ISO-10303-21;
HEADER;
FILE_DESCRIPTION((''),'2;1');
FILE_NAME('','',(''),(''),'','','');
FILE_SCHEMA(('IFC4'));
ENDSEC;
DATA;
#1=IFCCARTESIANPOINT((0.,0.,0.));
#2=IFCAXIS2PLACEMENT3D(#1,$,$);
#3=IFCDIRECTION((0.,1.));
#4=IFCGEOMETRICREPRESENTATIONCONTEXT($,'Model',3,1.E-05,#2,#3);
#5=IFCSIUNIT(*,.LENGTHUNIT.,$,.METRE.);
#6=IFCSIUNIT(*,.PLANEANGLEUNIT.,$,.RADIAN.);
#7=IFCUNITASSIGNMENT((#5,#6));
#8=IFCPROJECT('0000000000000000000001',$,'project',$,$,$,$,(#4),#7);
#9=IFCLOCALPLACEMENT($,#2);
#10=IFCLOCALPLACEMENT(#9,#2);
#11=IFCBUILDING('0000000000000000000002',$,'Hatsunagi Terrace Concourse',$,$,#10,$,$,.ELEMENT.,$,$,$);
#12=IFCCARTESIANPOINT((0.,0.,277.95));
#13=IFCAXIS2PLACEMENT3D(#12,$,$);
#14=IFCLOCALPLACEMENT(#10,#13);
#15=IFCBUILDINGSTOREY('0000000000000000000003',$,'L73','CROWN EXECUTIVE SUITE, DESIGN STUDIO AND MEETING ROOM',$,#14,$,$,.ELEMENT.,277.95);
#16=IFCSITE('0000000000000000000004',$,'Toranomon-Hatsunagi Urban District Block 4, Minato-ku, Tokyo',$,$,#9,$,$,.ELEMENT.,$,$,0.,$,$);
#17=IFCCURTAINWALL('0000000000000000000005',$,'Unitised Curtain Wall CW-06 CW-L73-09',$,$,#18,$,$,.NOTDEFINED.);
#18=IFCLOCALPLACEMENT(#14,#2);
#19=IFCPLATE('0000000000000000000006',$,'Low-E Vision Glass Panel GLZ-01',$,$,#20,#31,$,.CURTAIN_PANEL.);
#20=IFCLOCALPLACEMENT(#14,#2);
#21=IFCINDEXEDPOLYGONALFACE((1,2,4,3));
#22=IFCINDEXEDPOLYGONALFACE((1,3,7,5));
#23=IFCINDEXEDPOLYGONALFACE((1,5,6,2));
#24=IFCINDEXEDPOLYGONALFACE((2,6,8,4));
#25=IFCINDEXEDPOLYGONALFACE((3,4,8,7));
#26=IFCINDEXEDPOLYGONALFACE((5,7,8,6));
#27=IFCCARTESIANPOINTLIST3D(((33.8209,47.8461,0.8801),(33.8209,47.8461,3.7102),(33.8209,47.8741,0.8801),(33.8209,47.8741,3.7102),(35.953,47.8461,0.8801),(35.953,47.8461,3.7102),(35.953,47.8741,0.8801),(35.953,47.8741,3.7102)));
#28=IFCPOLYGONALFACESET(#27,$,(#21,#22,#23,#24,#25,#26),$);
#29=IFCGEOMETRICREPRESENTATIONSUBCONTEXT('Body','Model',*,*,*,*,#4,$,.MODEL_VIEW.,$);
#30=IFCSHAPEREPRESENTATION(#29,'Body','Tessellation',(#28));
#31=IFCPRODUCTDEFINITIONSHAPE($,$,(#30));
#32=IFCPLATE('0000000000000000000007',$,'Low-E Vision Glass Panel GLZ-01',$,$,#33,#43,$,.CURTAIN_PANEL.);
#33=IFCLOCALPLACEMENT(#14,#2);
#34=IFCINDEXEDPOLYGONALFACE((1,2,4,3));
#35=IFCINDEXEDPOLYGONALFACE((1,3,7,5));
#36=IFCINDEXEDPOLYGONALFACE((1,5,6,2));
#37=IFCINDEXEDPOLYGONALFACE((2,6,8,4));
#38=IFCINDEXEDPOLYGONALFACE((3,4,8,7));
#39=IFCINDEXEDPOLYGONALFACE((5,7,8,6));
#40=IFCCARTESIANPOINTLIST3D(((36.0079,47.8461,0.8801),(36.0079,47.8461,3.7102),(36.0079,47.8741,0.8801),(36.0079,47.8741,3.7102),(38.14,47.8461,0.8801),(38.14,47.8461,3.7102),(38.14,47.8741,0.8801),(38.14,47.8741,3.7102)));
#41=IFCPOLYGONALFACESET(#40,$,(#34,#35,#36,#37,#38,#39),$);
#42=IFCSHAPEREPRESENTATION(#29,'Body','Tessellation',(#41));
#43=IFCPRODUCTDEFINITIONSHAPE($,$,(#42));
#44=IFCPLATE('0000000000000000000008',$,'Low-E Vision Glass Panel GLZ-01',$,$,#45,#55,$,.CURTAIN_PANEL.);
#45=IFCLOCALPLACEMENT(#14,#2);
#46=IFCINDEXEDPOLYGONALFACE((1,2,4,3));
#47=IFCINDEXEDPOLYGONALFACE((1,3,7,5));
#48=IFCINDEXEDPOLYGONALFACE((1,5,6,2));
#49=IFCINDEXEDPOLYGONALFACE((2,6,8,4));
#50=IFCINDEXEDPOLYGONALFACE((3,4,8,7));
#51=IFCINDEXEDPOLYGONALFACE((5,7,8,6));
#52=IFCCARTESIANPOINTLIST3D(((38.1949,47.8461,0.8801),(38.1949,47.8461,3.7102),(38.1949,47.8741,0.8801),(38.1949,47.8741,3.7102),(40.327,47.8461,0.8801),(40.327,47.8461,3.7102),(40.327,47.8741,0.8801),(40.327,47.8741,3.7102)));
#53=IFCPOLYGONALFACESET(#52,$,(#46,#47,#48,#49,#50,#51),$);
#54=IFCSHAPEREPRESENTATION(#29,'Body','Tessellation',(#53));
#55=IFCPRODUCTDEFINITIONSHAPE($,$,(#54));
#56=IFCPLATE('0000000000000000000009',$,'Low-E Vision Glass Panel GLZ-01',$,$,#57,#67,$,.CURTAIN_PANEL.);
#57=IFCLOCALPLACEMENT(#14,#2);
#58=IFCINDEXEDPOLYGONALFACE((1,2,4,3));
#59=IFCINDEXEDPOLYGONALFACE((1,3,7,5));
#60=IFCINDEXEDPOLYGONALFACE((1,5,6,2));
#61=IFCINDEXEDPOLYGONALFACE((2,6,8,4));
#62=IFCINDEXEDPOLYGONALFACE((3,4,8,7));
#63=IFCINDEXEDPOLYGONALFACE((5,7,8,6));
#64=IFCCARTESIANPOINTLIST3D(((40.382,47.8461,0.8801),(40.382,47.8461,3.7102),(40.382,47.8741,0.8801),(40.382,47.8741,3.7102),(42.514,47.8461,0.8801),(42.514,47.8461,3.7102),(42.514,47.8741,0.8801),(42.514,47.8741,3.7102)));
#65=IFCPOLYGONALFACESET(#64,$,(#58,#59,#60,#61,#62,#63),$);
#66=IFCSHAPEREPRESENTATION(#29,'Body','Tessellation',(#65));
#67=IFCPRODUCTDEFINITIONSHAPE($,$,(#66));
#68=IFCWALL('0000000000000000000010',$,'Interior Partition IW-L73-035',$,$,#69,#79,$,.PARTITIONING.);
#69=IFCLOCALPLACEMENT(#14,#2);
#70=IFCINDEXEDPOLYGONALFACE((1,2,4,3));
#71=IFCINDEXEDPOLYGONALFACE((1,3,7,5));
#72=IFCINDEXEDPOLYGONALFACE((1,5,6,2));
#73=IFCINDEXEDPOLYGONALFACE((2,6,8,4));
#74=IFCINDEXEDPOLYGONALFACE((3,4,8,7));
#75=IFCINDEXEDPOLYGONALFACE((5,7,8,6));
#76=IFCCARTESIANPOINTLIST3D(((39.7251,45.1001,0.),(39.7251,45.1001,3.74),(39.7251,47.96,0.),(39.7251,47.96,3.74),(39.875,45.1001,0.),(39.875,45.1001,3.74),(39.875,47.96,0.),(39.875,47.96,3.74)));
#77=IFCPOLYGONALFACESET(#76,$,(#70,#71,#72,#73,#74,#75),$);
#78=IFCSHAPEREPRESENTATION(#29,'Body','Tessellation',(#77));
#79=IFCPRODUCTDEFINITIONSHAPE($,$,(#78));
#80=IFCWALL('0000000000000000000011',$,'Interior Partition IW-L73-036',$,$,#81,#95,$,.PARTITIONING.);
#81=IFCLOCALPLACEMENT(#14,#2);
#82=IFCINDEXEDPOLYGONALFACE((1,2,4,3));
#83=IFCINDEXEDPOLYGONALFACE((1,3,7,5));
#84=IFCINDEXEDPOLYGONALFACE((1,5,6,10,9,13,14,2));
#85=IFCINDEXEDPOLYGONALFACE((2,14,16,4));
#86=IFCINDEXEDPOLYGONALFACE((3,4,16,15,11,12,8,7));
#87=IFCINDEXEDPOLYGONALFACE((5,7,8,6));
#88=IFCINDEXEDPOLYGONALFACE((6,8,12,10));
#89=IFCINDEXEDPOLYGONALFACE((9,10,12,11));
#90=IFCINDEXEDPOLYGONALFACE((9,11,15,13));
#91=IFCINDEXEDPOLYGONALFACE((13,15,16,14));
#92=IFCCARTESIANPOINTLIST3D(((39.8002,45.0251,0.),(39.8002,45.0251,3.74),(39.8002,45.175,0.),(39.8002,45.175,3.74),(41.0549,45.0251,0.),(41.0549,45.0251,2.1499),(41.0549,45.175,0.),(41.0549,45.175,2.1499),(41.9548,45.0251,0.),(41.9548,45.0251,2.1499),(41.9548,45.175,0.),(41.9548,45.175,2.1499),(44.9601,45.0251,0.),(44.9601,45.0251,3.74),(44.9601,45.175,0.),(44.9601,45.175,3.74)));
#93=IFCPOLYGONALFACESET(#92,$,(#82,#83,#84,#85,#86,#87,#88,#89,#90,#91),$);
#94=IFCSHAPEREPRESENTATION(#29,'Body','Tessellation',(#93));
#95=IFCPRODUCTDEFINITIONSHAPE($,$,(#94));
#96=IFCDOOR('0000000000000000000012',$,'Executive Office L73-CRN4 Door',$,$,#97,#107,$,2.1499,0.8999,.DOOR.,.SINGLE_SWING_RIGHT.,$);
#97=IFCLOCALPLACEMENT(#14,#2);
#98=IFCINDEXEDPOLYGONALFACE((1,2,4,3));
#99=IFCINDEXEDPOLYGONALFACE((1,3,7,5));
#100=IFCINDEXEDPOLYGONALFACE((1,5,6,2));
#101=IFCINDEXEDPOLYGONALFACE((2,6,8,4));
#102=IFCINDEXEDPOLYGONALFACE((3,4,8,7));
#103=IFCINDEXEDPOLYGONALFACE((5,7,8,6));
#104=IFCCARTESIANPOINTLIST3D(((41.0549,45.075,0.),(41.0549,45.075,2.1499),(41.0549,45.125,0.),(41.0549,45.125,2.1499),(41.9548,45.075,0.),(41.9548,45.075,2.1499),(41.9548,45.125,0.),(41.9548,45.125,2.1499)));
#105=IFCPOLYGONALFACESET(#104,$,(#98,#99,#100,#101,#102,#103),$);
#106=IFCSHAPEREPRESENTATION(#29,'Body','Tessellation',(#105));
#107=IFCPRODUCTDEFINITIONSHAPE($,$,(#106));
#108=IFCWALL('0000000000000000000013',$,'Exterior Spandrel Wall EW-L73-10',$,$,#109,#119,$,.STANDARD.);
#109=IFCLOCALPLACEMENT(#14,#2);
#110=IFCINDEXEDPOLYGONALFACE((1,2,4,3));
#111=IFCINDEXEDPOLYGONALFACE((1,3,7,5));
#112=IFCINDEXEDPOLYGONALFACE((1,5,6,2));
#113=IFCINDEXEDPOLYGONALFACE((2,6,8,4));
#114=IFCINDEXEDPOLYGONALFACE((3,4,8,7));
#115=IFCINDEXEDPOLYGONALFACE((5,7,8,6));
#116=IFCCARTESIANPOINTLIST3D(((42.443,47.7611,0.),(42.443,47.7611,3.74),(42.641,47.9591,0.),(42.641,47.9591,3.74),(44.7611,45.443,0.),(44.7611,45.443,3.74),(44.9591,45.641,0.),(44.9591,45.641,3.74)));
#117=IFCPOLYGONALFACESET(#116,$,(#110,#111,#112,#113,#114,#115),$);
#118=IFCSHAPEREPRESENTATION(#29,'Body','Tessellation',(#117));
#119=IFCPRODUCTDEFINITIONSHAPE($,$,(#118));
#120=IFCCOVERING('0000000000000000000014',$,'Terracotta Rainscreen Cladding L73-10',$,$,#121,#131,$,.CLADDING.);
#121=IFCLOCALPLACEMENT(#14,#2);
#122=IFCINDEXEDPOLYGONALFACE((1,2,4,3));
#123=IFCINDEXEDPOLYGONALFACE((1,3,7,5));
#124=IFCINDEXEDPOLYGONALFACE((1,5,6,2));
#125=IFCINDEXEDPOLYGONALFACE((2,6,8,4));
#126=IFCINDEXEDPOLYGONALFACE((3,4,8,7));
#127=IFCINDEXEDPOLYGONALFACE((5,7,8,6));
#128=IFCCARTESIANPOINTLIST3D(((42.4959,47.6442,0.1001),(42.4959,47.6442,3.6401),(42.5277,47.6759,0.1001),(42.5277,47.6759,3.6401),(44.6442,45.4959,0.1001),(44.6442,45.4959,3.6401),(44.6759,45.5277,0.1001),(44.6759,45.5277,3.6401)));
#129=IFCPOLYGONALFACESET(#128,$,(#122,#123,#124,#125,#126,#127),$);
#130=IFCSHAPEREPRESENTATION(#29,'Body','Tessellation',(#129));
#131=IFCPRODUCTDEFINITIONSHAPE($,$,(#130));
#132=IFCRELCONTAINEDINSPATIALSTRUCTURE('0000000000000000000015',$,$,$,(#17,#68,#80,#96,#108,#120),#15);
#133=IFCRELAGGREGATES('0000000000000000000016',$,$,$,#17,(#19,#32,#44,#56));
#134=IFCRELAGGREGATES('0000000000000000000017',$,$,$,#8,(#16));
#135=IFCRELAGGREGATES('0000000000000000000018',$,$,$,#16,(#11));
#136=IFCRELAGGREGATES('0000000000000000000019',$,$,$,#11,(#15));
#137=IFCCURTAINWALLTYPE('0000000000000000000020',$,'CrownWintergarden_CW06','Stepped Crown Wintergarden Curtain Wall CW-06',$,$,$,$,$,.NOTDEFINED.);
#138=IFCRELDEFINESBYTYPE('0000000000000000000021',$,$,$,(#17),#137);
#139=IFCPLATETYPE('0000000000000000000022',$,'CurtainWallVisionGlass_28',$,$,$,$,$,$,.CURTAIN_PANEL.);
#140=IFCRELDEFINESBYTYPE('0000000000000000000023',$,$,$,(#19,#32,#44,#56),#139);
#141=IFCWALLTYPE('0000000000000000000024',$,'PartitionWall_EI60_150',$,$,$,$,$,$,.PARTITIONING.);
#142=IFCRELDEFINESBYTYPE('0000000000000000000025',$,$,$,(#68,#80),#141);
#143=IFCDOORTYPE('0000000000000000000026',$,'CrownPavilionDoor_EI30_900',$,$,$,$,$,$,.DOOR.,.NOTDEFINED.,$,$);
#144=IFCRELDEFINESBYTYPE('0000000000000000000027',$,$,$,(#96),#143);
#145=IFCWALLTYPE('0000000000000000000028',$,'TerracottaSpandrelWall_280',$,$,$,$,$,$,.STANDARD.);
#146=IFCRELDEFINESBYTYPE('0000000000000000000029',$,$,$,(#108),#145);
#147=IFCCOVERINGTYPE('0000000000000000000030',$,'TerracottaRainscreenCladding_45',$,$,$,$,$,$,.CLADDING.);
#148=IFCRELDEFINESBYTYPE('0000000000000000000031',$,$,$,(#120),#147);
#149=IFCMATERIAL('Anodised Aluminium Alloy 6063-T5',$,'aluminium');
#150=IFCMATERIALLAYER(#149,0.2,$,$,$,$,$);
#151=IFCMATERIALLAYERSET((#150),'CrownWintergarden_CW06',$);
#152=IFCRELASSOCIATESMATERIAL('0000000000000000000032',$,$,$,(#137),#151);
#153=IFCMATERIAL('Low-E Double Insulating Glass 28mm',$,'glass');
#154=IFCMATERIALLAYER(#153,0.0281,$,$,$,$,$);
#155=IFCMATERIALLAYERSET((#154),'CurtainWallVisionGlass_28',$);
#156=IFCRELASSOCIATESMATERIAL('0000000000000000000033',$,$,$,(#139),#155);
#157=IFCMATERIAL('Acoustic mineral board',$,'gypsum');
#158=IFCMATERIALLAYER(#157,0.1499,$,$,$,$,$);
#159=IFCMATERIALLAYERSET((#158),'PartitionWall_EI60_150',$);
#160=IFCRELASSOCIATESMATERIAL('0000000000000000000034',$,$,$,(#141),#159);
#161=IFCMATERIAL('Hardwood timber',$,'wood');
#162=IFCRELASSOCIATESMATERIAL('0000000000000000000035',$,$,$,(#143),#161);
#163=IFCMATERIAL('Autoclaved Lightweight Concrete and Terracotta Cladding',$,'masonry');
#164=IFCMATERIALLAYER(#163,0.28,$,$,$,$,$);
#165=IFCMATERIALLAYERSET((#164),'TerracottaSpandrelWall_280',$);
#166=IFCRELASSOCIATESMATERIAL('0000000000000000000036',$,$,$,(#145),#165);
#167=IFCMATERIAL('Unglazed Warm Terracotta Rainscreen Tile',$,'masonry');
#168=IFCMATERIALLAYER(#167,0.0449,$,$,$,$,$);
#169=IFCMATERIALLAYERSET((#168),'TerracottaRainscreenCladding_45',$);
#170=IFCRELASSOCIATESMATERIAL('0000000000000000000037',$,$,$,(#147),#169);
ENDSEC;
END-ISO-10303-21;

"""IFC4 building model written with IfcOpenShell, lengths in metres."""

from ifc_helpers import new_model, si_unit, direction, frame, frame_2d, origin, origin_2d, place, context, subcontext, project, spatial, rectangle, extrude, material, layer, layer_set, type_object, element, fill, aggregate, save


model = new_model("IFC4")

# Units and contexts
model_context = context("Model", 3, precision=1e-05, world=origin(), true_north=direction((0.0, 1.0)))
body_context = subcontext(model_context, "Body", "Model", "MODEL_VIEW")
ifc_project = project(units=[si_unit("LENGTHUNIT", "METRE"), si_unit("PLANEANGLEUNIT", "RADIAN")], contexts=[model_context])

# Site, building, storey
site_placement = place(None, origin())
site = spatial("IfcSite", under=ifc_project, at=site_placement, Name="Toranomon-Hatsunagi Urban District Block 4, Minato-ku, Tokyo", CompositionType="ELEMENT", RefElevation=0.0)
building_placement = place(site_placement, origin())
building = spatial("IfcBuilding", under=site, at=building_placement, Name="Hatsunagi Terrace Concourse", CompositionType="ELEMENT")
storey_placement = place(building_placement, frame((0.0, 0.0, 277.95)))
storey = spatial("IfcBuildingStorey", under=building, at=storey_placement, Name="L73", Description="CROWN EXECUTIVE SUITE, DESIGN STUDIO AND MEETING ROOM", CompositionType="ELEMENT", Elevation=277.95)

# Curtain wall
ifc_material_1 = material(Name="Anodised Aluminium Alloy 6063-T5", Category="aluminium")
ifc_layer_1 = layer(ifc_material_1, 0.2)
ifc_layer_set_1 = layer_set([ifc_layer_1], Name="CrownWintergarden_CW06")
curtain_wall_type = type_object("IfcCurtainWallType", Name="CrownWintergarden_CW06", Description="Stepped Crown Wintergarden Curtain Wall CW-06", PredefinedType="NOTDEFINED", material=ifc_layer_set_1)
curtain_wall_placement = place(storey_placement, origin())
curtain_wall = element("IfcCurtainWall", 1, at=curtain_wall_placement, inside=storey, type_object=curtain_wall_type, Name="Unitised Curtain Wall CW-06 CW-L73-09", PredefinedType="NOTDEFINED")

# Plates
ifc_material_2 = material(Name="Low-E Double Insulating Glass 28mm", Category="glass")
ifc_layer_2 = layer(ifc_material_2, 0.0281)
ifc_layer_set_2 = layer_set([ifc_layer_2], Name="CurtainWallVisionGlass_28")
plate_type_1 = type_object("IfcPlateType", Name="CurtainWallVisionGlass_28", PredefinedType="CURTAIN_PANEL", material=ifc_layer_set_2)
plate_1_placement = place(storey_placement, frame((34.887, 47.8601, 0.8801), z_axis=(0.0, 0.0, 1.0), x_axis=(1.0, 0.0, 0.0)))
plate_1 = element("IfcPlate", 2, at=plate_1_placement, type_object=plate_type_1, Name="Low-E Vision Glass Panel GLZ-01", PredefinedType="CURTAIN_PANEL", context=body_context, shape_type="SweptSolid", body=[
    extrude(rectangle(XDim=2.1321, YDim=0.0281, at=origin_2d()), origin(), (0.0, 0.0, 1.0), 2.8301),
])
plate_2_placement = place(storey_placement, frame((37.074, 47.8601, 0.8801), z_axis=(0.0, 0.0, 1.0), x_axis=(1.0, 0.0, 0.0)))
plate_2 = element("IfcPlate", 3, at=plate_2_placement, type_object=plate_type_1, Name="Low-E Vision Glass Panel GLZ-01", PredefinedType="CURTAIN_PANEL", context=body_context, shape_type="SweptSolid", body=[
    extrude(rectangle(XDim=2.1321, YDim=0.0281, at=origin_2d()), origin(), (0.0, 0.0, 1.0), 2.8301),
])
plate_3_placement = place(storey_placement, frame((39.261, 47.8601, 0.8801), z_axis=(0.0, 0.0, 1.0), x_axis=(1.0, 0.0, 0.0)))
plate_3 = element("IfcPlate", 4, at=plate_3_placement, type_object=plate_type_1, Name="Low-E Vision Glass Panel GLZ-01", PredefinedType="CURTAIN_PANEL", context=body_context, shape_type="SweptSolid", body=[
    extrude(rectangle(XDim=2.1321, YDim=0.0281, at=origin_2d()), origin(), (0.0, 0.0, 1.0), 2.8301),
])
plate_4_placement = place(storey_placement, frame((41.448, 47.8601, 0.8801), z_axis=(0.0, 0.0, 1.0), x_axis=(1.0, 0.0, 0.0)))
plate_4 = element("IfcPlate", 5, at=plate_4_placement, type_object=plate_type_1, Name="Low-E Vision Glass Panel GLZ-01", PredefinedType="CURTAIN_PANEL", context=body_context, shape_type="SweptSolid", body=[
    extrude(rectangle(XDim=2.1321, YDim=0.0281, at=origin_2d()), origin(), (0.0, 0.0, 1.0), 2.8301),
])
aggregate(curtain_wall, [plate_1, plate_2, plate_3, plate_4])

# Wall
ifc_material_3 = material(Name="Acoustic mineral board", Category="gypsum")
ifc_layer_3 = layer(ifc_material_3, 0.1499)
ifc_layer_set_3 = layer_set([ifc_layer_3], Name="PartitionWall_EI60_150")
wall_type_1 = type_object("IfcWallType", Name="PartitionWall_EI60_150", PredefinedType="PARTITIONING", material=ifc_layer_set_3)
wall_1_placement = place(storey_placement, frame((39.8, 45.1001, 0.0), z_axis=(0.0, 0.0, 1.0), x_axis=(0.0, 1.0, 0.0)))
element("IfcWall", 6, at=wall_1_placement, inside=storey, type_object=wall_type_1, Name="Interior Partition IW-L73-035", PredefinedType="PARTITIONING", context=body_context, shape_type="SweptSolid", body=[
    extrude(rectangle(XDim=2.8599, YDim=0.1499, at=frame_2d((1.4299, 0.0))), origin(), (0.0, 0.0, 1.0), 3.74),
])

# Wall, opening, door
wall_2_placement = place(storey_placement, frame((39.8, 45.1001, 0.0), z_axis=(0.0, 0.0, 1.0), x_axis=(1.0, 0.0, 0.0)))
wall_2 = element("IfcWall", 7, at=wall_2_placement, inside=storey, type_object=wall_type_1, Name="Interior Partition IW-L73-036", PredefinedType="PARTITIONING", context=body_context, shape_type="SweptSolid", body=[
    extrude(rectangle(XDim=5.1599, YDim=0.1499, at=frame_2d((2.5801, 0.0))), origin(), (0.0, 0.0, 1.0), 3.74),
])
opening_placement = place(wall_2_placement, frame((1.2549, 0.0, 0.0)))
opening = element("IfcOpeningElement", 8, at=opening_placement, cuts=wall_2, PredefinedType="OPENING", context=body_context, shape_type="SweptSolid", body=[
    extrude(rectangle(XDim=0.8999, YDim=2.1499, at=frame_2d((0.45, 1.075))), frame((0.0, 0.085, 0.0), z_axis=(0.0, -1.0, 0.0), x_axis=(1.0, 0.0, 0.0)), (0.0, 0.0, 1.0), 0.1699),
])
ifc_material_4 = material(Name="Hardwood timber", Category="wood")
door_type = type_object("IfcDoorType", Name="CrownPavilionDoor_EI30_900", OperationType="NOTDEFINED", PredefinedType="DOOR", material=ifc_material_4)
door_placement = place(opening_placement, origin())
door = element("IfcDoor", 9, at=door_placement, inside=storey, type_object=door_type, Name="Executive Office L73-CRN4 Door", OperationType="SINGLE_SWING_RIGHT", OverallHeight=2.1499, OverallWidth=0.8999, PredefinedType="DOOR", context=body_context, shape_type="SweptSolid", body=[
    extrude(rectangle(XDim=0.8999, YDim=2.1499, at=frame_2d((0.45, 1.075))), frame((0.0, 0.0249, 0.0), z_axis=(0.0, -1.0, 0.0), x_axis=(1.0, 0.0, 0.0)), (0.0, 0.0, 1.0), 0.05),
])
fill(opening, door)

# Wall
ifc_material_5 = material(Name="Autoclaved Lightweight Concrete and Terracotta Cladding", Category="masonry")
ifc_layer_4 = layer(ifc_material_5, 0.28)
ifc_layer_set_4 = layer_set([ifc_layer_4], Name="TerracottaSpandrelWall_280")
wall_type_2 = type_object("IfcWallType", Name="TerracottaSpandrelWall_280", PredefinedType="STANDARD", material=ifc_layer_set_4)
wall_3_placement = place(storey_placement, frame((42.542, 47.8601, 0.0), z_axis=(0.0, 0.0, 1.0), x_axis=(0.707107, -0.707107, 0.0)))
element("IfcWall", 10, at=wall_3_placement, inside=storey, type_object=wall_type_2, Name="Exterior Spandrel Wall EW-L73-10", PredefinedType="STANDARD", context=body_context, shape_type="SweptSolid", body=[
    extrude(rectangle(XDim=3.2783, YDim=0.28, at=frame_2d((1.6392, 0.0))), origin(), (0.0, 0.0, 1.0), 3.74),
])

# Covering
ifc_material_6 = material(Name="Unglazed Warm Terracotta Rainscreen Tile", Category="masonry")
ifc_layer_5 = layer(ifc_material_6, 0.0449)
ifc_layer_set_5 = layer_set([ifc_layer_5], Name="TerracottaRainscreenCladding_45")
covering_type = type_object("IfcCoveringType", Name="TerracottaRainscreenCladding_45", PredefinedType="CLADDING", material=ifc_layer_set_5)
covering_placement = place(storey_placement, frame((43.5859, 46.5859, 0.1001), z_axis=(0.0, 0.0, 1.0), x_axis=(0.707107, -0.707107, 0.0)))
element("IfcCovering", 11, at=covering_placement, inside=storey, type_object=covering_type, Name="Terracotta Rainscreen Cladding L73-10", PredefinedType="CLADDING", context=body_context, shape_type="SweptSolid", body=[
    extrude(rectangle(XDim=3.0381, YDim=0.0449, at=origin_2d()), origin(), (0.0, 0.0, 1.0), 3.54),
])

save(model, "model.ifc")
